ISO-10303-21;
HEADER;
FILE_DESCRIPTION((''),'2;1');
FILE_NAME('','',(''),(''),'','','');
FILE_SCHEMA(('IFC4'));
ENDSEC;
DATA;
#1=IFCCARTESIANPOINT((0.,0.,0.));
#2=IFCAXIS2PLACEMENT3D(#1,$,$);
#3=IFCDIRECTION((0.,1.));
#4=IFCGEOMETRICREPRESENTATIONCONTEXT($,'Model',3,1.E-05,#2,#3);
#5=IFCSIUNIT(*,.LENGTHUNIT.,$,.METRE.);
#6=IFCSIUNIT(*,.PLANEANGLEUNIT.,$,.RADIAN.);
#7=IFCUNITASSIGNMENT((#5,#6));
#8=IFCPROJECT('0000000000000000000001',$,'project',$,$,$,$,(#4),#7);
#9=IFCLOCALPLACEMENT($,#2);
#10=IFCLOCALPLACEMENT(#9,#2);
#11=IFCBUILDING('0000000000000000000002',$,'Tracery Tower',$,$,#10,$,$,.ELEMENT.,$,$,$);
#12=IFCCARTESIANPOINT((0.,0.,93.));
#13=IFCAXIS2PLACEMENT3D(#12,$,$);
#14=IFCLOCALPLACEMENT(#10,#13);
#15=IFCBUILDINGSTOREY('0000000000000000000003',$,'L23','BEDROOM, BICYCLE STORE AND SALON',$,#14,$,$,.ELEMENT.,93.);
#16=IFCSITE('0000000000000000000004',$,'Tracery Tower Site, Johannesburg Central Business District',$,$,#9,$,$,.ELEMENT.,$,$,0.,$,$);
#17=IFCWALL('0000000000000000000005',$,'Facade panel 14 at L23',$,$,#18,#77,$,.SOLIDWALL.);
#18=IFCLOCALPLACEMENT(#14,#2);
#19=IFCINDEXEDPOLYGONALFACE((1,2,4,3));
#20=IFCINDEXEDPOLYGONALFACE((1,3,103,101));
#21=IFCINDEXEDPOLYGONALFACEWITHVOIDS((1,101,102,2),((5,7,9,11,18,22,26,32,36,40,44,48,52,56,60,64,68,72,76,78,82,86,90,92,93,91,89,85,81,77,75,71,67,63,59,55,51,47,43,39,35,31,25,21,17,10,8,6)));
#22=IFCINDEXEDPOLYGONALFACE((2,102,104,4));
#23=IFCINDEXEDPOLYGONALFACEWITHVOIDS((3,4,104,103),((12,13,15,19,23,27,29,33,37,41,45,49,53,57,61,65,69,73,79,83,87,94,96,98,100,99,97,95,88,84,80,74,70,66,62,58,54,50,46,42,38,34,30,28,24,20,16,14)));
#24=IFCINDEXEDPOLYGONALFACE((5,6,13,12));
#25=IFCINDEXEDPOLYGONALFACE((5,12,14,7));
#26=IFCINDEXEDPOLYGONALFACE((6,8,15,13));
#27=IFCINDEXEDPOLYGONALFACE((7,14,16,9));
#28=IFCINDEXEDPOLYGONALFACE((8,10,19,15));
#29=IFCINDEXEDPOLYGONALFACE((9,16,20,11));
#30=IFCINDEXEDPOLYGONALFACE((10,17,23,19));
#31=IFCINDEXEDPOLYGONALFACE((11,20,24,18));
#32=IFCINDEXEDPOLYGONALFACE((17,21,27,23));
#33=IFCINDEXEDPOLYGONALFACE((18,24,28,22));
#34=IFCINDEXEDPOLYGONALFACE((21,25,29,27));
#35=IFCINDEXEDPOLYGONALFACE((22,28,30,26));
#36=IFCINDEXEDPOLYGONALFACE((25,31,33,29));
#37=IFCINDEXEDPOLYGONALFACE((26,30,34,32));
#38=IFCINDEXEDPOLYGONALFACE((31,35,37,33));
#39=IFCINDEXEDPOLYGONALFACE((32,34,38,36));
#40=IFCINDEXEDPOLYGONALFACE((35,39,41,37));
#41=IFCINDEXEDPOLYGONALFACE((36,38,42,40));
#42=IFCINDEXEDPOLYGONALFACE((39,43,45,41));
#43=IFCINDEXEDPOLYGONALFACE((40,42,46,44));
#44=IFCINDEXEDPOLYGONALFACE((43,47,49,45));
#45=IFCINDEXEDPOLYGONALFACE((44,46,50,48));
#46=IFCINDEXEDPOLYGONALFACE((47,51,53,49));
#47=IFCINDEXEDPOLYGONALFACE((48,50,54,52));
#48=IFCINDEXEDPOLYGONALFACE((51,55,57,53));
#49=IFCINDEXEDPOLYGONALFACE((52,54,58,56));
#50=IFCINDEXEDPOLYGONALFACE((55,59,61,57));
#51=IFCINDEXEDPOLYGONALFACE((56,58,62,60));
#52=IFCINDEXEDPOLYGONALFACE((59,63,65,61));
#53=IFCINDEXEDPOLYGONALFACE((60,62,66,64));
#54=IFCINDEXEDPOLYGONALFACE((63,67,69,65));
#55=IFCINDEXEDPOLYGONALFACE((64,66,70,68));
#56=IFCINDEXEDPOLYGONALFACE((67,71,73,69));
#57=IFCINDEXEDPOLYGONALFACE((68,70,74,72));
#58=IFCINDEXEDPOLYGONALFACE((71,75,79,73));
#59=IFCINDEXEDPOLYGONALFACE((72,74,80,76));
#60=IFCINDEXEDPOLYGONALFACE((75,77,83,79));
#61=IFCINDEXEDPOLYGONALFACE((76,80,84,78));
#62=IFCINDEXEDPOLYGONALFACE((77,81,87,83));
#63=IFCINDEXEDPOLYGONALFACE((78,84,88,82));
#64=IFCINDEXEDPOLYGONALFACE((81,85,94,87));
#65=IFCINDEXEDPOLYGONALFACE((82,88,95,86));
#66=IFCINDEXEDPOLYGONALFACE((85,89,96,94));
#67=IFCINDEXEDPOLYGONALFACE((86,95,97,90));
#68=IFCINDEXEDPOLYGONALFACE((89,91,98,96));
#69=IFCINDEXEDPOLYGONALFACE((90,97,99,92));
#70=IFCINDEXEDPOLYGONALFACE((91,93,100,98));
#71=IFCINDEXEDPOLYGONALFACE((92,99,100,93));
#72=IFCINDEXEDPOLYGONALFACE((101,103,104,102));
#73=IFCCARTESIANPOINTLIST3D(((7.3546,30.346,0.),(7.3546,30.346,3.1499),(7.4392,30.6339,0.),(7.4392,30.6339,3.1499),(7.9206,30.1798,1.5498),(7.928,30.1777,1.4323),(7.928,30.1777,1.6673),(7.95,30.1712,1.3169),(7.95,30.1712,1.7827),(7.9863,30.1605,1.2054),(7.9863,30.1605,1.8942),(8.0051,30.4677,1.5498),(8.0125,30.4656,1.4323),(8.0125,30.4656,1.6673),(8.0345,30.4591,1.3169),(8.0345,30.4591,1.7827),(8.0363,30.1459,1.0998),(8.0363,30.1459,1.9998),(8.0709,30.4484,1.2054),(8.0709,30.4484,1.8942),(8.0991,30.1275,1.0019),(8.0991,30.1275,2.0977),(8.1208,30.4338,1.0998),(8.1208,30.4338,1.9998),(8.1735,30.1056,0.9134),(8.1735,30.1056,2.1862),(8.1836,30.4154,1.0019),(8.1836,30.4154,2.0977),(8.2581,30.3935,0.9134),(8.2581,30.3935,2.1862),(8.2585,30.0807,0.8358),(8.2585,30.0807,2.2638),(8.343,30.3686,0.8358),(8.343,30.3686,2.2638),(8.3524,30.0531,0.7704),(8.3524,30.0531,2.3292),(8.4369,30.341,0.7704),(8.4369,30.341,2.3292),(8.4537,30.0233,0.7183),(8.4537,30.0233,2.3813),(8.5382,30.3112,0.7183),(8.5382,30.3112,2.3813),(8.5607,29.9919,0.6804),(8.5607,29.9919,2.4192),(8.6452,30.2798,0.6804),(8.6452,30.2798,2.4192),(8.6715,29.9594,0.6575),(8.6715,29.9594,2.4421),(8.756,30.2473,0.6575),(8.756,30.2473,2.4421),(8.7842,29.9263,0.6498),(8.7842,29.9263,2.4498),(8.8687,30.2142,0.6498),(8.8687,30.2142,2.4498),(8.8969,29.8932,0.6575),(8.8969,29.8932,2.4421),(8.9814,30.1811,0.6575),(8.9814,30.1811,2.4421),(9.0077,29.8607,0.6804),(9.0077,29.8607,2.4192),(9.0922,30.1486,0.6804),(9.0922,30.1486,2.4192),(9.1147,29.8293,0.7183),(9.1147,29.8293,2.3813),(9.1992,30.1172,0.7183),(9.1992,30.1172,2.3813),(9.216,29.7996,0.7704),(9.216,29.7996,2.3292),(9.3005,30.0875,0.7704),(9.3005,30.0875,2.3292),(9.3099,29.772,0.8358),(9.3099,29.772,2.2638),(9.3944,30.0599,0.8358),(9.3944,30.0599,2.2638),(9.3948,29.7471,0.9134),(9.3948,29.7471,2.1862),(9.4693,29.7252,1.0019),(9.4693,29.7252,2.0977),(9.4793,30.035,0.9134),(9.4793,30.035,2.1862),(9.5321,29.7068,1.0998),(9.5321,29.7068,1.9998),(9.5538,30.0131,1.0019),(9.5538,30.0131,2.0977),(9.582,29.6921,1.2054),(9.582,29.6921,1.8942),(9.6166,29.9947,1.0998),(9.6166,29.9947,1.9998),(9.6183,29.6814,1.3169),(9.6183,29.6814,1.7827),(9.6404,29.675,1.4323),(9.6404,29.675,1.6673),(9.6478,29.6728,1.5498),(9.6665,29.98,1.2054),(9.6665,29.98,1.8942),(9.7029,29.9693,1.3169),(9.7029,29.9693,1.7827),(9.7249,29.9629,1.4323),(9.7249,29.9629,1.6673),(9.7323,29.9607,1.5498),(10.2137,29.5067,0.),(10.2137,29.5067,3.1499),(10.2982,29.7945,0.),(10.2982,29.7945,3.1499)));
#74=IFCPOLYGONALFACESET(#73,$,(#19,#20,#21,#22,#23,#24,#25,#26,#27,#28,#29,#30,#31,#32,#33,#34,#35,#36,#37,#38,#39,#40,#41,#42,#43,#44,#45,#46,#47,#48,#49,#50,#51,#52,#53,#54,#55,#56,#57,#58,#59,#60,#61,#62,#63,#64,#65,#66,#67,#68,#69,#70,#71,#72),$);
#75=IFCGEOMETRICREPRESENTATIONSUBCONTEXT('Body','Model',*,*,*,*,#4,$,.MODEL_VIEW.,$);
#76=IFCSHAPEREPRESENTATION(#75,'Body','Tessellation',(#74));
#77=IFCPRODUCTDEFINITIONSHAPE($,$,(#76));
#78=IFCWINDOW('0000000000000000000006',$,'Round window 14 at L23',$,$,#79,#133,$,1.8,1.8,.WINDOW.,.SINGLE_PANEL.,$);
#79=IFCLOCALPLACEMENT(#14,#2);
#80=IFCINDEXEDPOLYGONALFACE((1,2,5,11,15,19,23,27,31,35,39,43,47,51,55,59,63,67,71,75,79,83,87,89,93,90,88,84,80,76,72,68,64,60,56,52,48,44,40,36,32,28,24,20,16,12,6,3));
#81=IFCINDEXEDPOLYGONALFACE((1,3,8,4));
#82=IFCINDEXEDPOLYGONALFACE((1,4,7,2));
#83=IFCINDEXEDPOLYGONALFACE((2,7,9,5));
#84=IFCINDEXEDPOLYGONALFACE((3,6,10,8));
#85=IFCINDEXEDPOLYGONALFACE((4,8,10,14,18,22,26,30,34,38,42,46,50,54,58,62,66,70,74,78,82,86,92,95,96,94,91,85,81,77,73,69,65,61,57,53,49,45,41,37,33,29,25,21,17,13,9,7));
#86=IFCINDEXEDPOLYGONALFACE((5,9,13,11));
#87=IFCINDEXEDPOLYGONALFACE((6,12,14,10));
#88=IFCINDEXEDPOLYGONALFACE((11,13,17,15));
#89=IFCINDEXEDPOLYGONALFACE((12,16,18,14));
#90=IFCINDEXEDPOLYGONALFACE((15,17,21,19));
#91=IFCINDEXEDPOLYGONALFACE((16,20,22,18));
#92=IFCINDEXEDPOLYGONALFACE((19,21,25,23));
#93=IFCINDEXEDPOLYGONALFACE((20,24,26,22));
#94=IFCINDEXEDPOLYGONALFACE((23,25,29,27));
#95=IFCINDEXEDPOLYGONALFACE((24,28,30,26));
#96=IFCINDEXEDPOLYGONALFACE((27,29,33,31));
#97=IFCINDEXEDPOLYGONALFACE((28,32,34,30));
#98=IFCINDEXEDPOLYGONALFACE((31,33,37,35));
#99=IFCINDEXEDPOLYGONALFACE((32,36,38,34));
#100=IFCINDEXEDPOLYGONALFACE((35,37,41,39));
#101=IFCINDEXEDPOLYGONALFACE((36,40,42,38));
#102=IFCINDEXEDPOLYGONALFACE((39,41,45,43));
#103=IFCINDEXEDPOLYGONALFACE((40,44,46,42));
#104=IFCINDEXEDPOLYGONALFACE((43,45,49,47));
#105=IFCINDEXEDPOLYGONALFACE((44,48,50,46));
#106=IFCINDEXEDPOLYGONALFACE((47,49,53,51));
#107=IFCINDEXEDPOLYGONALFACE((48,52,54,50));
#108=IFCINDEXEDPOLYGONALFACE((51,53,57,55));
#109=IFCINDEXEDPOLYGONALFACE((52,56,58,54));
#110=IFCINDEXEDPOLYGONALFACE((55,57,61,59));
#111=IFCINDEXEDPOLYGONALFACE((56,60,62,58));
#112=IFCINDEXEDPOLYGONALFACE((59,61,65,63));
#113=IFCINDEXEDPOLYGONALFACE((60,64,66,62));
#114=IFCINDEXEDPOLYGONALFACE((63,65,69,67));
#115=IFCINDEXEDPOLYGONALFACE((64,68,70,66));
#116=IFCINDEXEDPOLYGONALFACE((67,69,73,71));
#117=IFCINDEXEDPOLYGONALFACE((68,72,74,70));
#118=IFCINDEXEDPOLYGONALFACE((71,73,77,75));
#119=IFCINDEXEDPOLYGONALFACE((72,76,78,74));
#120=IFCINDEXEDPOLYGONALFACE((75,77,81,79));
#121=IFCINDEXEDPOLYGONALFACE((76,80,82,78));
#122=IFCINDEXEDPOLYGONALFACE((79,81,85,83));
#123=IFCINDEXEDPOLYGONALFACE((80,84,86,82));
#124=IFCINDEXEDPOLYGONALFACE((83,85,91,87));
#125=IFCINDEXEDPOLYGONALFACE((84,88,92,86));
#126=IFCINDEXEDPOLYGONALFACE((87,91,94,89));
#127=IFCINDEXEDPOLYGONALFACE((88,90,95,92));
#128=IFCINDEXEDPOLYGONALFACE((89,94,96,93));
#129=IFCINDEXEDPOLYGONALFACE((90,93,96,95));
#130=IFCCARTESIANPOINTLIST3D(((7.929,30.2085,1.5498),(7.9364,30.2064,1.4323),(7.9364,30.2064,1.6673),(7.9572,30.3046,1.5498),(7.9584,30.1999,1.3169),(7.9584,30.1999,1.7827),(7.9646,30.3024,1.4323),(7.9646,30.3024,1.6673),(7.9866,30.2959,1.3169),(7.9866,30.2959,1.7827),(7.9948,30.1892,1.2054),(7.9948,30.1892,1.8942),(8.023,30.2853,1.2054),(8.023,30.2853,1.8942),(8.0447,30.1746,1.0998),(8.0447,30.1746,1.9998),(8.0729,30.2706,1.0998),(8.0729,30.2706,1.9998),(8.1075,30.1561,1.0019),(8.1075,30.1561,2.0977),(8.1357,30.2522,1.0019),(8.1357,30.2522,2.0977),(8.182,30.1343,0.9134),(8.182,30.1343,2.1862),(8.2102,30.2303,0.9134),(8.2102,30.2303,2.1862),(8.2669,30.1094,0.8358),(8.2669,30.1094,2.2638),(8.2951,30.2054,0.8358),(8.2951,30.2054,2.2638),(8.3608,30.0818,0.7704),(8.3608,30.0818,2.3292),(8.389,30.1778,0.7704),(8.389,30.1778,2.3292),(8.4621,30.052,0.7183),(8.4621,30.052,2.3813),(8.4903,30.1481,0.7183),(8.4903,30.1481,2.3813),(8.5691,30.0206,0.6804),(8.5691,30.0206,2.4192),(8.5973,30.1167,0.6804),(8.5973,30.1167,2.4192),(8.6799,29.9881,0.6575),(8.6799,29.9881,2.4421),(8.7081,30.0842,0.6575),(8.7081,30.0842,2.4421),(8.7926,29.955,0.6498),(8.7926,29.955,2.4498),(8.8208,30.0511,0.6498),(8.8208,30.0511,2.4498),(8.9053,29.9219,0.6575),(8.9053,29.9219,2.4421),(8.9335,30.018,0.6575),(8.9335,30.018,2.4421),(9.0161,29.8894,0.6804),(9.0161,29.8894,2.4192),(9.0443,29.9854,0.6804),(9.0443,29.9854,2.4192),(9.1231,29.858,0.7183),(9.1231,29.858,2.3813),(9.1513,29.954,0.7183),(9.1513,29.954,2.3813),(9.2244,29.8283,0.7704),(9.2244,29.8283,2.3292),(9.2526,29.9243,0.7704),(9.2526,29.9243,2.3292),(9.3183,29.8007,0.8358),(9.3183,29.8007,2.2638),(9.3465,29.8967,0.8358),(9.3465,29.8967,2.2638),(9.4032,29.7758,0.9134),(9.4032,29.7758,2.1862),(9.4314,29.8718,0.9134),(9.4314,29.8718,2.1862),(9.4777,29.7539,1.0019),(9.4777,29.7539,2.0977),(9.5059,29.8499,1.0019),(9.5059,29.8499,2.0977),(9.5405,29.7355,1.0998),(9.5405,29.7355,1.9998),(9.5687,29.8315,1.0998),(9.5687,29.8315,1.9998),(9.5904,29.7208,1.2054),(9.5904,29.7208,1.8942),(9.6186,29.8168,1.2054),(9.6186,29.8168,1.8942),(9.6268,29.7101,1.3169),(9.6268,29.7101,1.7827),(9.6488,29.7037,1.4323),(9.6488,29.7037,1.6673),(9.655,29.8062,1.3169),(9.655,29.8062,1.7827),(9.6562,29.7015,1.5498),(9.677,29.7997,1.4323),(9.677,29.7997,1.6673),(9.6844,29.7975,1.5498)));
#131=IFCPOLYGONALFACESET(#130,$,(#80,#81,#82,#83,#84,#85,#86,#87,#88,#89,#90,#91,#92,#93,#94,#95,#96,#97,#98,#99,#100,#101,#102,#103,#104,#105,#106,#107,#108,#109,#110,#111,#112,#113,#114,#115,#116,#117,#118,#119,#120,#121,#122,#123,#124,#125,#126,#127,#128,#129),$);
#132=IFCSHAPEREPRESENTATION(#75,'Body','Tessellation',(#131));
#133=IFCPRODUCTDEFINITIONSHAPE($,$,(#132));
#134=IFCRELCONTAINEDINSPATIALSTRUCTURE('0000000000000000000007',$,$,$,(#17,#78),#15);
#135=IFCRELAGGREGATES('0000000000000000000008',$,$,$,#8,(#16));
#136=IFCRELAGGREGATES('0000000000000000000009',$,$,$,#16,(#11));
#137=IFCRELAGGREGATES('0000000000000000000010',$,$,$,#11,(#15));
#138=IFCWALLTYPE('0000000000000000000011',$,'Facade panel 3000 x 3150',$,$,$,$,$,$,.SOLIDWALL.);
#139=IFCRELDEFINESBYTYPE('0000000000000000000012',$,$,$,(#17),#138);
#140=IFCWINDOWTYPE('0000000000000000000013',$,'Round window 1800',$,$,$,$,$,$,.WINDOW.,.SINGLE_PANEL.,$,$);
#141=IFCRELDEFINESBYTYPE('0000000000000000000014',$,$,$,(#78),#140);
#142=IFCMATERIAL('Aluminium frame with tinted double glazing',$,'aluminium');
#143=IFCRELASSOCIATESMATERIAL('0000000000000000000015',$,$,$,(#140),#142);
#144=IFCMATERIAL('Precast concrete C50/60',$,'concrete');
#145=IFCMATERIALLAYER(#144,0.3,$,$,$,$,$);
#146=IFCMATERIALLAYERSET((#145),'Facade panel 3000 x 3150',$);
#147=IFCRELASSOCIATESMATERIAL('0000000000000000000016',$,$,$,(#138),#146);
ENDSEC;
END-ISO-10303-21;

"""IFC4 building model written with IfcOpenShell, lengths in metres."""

from ifc_helpers import new_model, si_unit, direction, frame, frame_2d, origin, origin_2d, place, context, subcontext, project, spatial, rectangle, circle, extrude, material, layer, layer_set, type_object, element, fill, save


model = new_model("IFC4")

# Units and contexts
model_context = context("Model", 3, precision=1e-05, world=origin(), true_north=direction((0.0, 1.0)))
body_context = subcontext(model_context, "Body", "Model", "MODEL_VIEW")
ifc_project = project(units=[si_unit("LENGTHUNIT", "METRE"), si_unit("PLANEANGLEUNIT", "RADIAN")], contexts=[model_context])

# Site, building, storey
site_placement = place(None, origin())
site = spatial("IfcSite", under=ifc_project, at=site_placement, Name="Tracery Tower Site, Johannesburg Central Business District", CompositionType="ELEMENT", RefElevation=0.0)
building_placement = place(site_placement, origin())
building = spatial("IfcBuilding", under=site, at=building_placement, Name="Tracery Tower", CompositionType="ELEMENT")
storey_placement = place(building_placement, frame((0.0, 0.0, 93.0)))
storey = spatial("IfcBuildingStorey", under=building, at=storey_placement, Name="L23", Description="BEDROOM, BICYCLE STORE AND SALON", CompositionType="ELEMENT", Elevation=93.0)

# Wall, opening, window
ifc_material_1 = material(Name="Aluminium frame with tinted double glazing", Category="aluminium")
window_type = type_object("IfcWindowType", Name="Round window 1800", PartitioningType="SINGLE_PANEL", PredefinedType="WINDOW", material=ifc_material_1)
ifc_material_2 = material(Name="Precast concrete C50/60", Category="concrete")
ifc_layer_1 = layer(ifc_material_2, 0.3)
ifc_layer_set_1 = layer_set([ifc_layer_1], Name="Facade panel 3000 x 3150")
wall_type_1 = type_object("IfcWallType", Name="Facade panel 3000 x 3150", PredefinedType="SOLIDWALL", material=ifc_layer_set_1)
wall_1_placement = place(storey_placement, frame((10.2559, 29.6506, 0.0), z_axis=(0.0, 0.0, 1.0), x_axis=(-0.959508, 0.281683, 0.0)))
wall_1 = element("IfcWall", 1, at=wall_1_placement, inside=storey, type_object=wall_type_1, Name="Facade panel 14 at L23", PredefinedType="SOLIDWALL", context=body_context, shape_type="SweptSolid", body=[
    extrude(rectangle(XDim=2.9797, YDim=0.3, at=frame_2d((1.4897, 0.0))), origin(), (0.0, 0.0, 1.0), 3.1499),
])
opening_1_placement = place(wall_1_placement, frame((1.4897, 0.0, 1.5498)))
opening_1 = element("IfcOpeningElement", 2, at=opening_1_placement, cuts=wall_1, PredefinedType="OPENING", context=body_context, shape_type="SweptSolid", body=[
    extrude(circle(Radius=0.9, at=origin_2d()), frame((0.0, 0.1599, 0.0), z_axis=(0.0, -1.0, 0.0), x_axis=(1.0, 0.0, 0.0)), (0.0, 0.0, 1.0), 0.3201),
])
window_1_placement = place(opening_1_placement, origin())
window_1 = element("IfcWindow", 3, at=window_1_placement, inside=storey, type_object=window_type, Name="Round window 14 at L23", OverallHeight=1.8, OverallWidth=1.8, PartitioningType="SINGLE_PANEL", PredefinedType="WINDOW", context=body_context, shape_type="SweptSolid", body=[
    extrude(circle(Radius=0.9, at=origin_2d()), frame((0.0, 0.1201, 0.0), z_axis=(0.0, -1.0, 0.0), x_axis=(1.0, 0.0, 0.0)), (0.0, 0.0, 1.0), 0.1001),
])
fill(opening_1, window_1)

save(model, "model.ifc")
